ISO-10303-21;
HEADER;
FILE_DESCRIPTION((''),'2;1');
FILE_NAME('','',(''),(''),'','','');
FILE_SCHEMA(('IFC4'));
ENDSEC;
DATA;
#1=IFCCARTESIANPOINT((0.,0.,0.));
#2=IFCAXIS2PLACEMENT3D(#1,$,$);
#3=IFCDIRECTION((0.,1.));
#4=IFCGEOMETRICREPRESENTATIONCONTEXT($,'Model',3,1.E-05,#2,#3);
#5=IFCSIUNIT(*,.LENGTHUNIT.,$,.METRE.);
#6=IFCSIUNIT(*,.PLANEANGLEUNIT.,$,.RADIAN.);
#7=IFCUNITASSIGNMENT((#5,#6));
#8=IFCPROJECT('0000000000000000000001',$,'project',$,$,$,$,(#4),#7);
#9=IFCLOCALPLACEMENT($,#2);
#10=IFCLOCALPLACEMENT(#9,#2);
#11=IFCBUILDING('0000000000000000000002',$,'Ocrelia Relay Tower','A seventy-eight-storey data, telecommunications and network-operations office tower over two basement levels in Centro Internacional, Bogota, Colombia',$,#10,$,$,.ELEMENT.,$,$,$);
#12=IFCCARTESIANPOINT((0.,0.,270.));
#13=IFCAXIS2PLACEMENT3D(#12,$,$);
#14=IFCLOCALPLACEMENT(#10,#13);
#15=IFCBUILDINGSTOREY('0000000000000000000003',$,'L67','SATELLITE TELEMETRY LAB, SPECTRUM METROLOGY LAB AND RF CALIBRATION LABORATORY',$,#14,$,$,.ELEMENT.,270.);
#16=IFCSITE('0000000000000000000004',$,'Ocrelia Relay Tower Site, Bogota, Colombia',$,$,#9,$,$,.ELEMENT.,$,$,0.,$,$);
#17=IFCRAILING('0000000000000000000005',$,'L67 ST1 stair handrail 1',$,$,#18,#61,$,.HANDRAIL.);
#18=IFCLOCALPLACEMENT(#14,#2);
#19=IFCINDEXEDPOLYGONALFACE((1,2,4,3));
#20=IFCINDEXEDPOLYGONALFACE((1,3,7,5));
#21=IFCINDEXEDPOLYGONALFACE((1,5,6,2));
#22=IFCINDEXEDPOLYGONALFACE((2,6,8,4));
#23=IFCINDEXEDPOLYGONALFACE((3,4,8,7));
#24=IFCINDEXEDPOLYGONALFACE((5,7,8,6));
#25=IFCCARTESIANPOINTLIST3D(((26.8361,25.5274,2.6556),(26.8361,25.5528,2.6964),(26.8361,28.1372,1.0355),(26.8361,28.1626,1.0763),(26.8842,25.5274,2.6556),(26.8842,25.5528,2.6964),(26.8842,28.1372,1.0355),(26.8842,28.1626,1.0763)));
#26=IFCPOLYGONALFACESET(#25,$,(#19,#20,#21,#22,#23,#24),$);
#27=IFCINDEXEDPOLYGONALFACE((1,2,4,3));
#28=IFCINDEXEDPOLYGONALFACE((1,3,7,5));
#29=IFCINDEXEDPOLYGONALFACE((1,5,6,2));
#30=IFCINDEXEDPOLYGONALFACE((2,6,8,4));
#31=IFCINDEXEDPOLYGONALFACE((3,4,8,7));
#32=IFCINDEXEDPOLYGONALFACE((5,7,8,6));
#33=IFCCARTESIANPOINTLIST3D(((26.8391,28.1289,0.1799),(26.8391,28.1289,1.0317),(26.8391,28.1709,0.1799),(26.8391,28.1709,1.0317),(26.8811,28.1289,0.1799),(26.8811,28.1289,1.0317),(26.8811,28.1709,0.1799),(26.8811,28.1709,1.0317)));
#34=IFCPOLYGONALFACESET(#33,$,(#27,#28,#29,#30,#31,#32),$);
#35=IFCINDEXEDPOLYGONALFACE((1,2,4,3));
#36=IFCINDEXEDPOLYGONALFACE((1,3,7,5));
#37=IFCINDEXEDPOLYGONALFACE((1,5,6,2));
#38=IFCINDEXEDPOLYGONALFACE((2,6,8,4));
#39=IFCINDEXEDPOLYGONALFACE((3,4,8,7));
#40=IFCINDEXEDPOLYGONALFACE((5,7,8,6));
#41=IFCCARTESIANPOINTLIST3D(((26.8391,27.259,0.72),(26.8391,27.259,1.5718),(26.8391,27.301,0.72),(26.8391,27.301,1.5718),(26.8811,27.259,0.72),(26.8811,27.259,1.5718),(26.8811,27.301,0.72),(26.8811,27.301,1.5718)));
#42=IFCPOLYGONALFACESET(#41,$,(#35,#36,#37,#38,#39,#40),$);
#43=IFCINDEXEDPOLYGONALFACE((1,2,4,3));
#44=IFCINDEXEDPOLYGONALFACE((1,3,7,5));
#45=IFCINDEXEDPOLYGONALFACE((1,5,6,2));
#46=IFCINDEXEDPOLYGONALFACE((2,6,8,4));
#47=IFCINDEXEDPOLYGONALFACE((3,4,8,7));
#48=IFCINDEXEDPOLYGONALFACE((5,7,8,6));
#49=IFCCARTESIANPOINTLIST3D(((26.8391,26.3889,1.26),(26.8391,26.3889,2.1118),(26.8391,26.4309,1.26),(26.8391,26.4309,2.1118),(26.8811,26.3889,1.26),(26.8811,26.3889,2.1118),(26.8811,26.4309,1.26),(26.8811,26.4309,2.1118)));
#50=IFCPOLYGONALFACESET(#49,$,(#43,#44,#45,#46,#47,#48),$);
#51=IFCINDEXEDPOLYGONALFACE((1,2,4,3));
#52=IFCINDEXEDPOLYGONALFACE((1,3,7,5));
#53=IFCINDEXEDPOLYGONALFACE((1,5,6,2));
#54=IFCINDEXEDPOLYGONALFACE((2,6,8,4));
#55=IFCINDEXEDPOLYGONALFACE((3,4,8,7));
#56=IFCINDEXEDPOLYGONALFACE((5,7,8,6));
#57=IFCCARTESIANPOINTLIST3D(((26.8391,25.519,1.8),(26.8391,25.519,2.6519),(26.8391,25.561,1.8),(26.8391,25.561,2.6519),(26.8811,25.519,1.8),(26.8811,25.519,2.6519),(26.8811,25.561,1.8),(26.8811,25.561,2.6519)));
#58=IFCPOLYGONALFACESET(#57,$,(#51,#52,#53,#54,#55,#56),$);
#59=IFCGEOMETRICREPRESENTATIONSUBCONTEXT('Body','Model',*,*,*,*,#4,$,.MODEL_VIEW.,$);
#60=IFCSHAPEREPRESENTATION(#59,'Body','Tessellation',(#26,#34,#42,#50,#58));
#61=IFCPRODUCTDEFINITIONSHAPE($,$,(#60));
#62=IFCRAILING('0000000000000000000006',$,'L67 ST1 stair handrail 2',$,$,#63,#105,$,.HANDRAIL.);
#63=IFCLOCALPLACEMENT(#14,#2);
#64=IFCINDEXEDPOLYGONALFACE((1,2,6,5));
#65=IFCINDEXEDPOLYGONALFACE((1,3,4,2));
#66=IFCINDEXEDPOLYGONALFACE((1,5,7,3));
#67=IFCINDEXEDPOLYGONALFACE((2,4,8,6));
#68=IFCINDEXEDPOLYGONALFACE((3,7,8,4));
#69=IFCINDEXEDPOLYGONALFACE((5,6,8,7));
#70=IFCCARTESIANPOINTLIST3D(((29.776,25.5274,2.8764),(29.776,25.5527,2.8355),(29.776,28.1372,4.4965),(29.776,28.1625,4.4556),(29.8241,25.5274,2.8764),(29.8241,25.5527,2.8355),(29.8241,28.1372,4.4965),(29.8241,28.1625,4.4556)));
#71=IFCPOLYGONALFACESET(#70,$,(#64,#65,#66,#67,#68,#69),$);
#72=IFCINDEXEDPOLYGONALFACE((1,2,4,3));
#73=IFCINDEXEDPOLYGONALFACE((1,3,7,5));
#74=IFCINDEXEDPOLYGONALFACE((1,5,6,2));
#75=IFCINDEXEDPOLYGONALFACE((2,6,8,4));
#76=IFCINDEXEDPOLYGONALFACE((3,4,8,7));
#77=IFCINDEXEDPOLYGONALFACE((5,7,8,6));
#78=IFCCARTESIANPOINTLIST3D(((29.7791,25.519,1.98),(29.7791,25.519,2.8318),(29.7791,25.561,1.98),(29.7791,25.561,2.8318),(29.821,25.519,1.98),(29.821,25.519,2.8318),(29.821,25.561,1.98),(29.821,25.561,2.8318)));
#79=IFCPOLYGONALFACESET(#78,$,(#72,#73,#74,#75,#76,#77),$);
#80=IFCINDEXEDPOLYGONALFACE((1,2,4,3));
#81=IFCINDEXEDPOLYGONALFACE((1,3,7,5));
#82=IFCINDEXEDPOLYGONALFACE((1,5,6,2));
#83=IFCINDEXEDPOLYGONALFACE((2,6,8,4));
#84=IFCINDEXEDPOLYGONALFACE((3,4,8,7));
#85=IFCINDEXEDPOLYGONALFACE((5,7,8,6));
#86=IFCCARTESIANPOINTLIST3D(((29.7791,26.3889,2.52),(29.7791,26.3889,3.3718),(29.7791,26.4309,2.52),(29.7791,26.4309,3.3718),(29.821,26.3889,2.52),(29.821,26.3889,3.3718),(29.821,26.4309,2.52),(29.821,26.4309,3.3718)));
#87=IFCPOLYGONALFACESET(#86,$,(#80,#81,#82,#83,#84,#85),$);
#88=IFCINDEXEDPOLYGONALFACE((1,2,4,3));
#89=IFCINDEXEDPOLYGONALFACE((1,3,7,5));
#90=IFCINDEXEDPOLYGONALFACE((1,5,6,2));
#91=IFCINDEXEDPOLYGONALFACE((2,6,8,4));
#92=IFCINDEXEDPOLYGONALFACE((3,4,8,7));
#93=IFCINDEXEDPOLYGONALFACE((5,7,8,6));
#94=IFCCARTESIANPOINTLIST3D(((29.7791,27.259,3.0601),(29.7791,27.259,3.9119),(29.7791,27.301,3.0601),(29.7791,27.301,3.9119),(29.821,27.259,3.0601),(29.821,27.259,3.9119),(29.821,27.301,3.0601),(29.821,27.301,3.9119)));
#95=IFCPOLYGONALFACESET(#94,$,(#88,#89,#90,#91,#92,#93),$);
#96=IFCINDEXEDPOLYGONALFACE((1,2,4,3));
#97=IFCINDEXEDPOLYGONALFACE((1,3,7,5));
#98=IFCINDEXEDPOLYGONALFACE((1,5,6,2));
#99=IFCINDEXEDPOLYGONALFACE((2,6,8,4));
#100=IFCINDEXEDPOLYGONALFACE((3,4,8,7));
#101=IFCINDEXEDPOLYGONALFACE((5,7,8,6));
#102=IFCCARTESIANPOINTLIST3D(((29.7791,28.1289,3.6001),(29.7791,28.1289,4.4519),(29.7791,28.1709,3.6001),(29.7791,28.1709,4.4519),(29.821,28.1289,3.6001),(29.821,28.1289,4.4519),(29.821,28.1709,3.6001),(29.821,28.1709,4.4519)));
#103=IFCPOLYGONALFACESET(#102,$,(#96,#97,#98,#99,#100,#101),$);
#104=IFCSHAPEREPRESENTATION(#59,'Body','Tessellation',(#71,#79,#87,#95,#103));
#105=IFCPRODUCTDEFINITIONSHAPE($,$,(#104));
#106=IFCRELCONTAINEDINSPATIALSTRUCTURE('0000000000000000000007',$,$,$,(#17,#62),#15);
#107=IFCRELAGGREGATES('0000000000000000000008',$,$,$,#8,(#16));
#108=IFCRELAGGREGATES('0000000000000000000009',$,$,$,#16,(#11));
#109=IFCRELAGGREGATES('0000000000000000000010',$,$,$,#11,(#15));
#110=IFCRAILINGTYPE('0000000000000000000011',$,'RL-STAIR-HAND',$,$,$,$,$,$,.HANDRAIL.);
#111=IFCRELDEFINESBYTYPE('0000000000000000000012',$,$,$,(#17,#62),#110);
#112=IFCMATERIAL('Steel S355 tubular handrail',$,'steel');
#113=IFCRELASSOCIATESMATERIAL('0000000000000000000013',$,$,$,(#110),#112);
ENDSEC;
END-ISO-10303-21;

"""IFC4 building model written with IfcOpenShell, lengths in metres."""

from ifc_helpers import new_model, si_unit, direction, frame, origin, origin_2d, place, context, subcontext, project, spatial, rectangle, extrude, material, type_object, element, save


model = new_model("IFC4")

# Units and contexts
model_context = context("Model", 3, precision=1e-05, world=origin(), true_north=direction((0.0, 1.0)))
body_context = subcontext(model_context, "Body", "Model", "MODEL_VIEW")
ifc_project = project(units=[si_unit("LENGTHUNIT", "METRE"), si_unit("PLANEANGLEUNIT", "RADIAN")], contexts=[model_context])

# Site, building, storey
site_placement = place(None, origin())
site = spatial("IfcSite", under=ifc_project, at=site_placement, Name="Ocrelia Relay Tower Site, Bogota, Colombia", CompositionType="ELEMENT", RefElevation=0.0)
building_placement = place(site_placement, origin())
building = spatial("IfcBuilding", under=site, at=building_placement, Name="Ocrelia Relay Tower", Description="A seventy-eight-storey data, telecommunications and network-operations office tower over two basement levels in Centro Internacional, Bogota, Colombia", CompositionType="ELEMENT")
storey_placement = place(building_placement, frame((0.0, 0.0, 270.0)))
storey = spatial("IfcBuildingStorey", under=building, at=storey_placement, Name="L67", Description="SATELLITE TELEMETRY LAB, SPECTRUM METROLOGY LAB AND RF CALIBRATION LABORATORY", CompositionType="ELEMENT", Elevation=270.0)

# Railings
ifc_material_1 = material(Name="Steel S355 tubular handrail", Category="steel")
railing_type_1 = type_object("IfcRailingType", Name="RL-STAIR-HAND", PredefinedType="HANDRAIL", material=ifc_material_1)
railing_1_placement = place(storey_placement, frame((26.8601, 28.1499, 0.1799)))
element("IfcRailing", 1, at=railing_1_placement, inside=storey, type_object=railing_type_1, Name="L67 ST1 stair handrail 1", PredefinedType="HANDRAIL", context=body_context, shape_type="SweptSolid", body=[
    extrude(rectangle(XDim=0.0481, YDim=0.0481, at=origin_2d()), frame((0.0, 0.0, 0.876), z_axis=(0.0, -0.849611, 0.52741), x_axis=(1.0, 0.0, 0.0)), (0.0, 0.0, 1.0), 3.0718),
    extrude(rectangle(XDim=0.042, YDim=0.042, at=origin_2d()), origin(), (0.0, 0.0, 1.0), 0.8518),
    extrude(rectangle(XDim=0.042, YDim=0.042, at=origin_2d()), frame((0.0, -0.8699, 0.54)), (0.0, 0.0, 1.0), 0.8518),
    extrude(rectangle(XDim=0.042, YDim=0.042, at=origin_2d()), frame((0.0, -1.74, 1.0801)), (0.0, 0.0, 1.0), 0.8518),
    extrude(rectangle(XDim=0.042, YDim=0.042, at=origin_2d()), frame((0.0, -2.6099, 1.6201)), (0.0, 0.0, 1.0), 0.8518),
])
railing_2_placement = place(storey_placement, frame((29.8, 25.54, 1.98)))
element("IfcRailing", 2, at=railing_2_placement, inside=storey, type_object=railing_type_1, Name="L67 ST1 stair handrail 2", PredefinedType="HANDRAIL", context=body_context, shape_type="SweptSolid", body=[
    extrude(rectangle(XDim=0.0481, YDim=0.0481, at=origin_2d()), frame((0.0, 0.0, 0.876), z_axis=(0.0, 0.849611, 0.52741), x_axis=(-1.0, 0.0, 0.0)), (0.0, 0.0, 1.0), 3.0718),
    extrude(rectangle(XDim=0.042, YDim=0.042, at=origin_2d()), origin(), (0.0, 0.0, 1.0), 0.8518),
    extrude(rectangle(XDim=0.042, YDim=0.042, at=origin_2d()), frame((0.0, 0.8699, 0.54)), (0.0, 0.0, 1.0), 0.8518),
    extrude(rectangle(XDim=0.042, YDim=0.042, at=origin_2d()), frame((0.0, 1.74, 1.0801)), (0.0, 0.0, 1.0), 0.8518),
    extrude(rectangle(XDim=0.042, YDim=0.042, at=origin_2d()), frame((0.0, 2.6099, 1.6201)), (0.0, 0.0, 1.0), 0.8518),
])

save(model, "model.ifc")
